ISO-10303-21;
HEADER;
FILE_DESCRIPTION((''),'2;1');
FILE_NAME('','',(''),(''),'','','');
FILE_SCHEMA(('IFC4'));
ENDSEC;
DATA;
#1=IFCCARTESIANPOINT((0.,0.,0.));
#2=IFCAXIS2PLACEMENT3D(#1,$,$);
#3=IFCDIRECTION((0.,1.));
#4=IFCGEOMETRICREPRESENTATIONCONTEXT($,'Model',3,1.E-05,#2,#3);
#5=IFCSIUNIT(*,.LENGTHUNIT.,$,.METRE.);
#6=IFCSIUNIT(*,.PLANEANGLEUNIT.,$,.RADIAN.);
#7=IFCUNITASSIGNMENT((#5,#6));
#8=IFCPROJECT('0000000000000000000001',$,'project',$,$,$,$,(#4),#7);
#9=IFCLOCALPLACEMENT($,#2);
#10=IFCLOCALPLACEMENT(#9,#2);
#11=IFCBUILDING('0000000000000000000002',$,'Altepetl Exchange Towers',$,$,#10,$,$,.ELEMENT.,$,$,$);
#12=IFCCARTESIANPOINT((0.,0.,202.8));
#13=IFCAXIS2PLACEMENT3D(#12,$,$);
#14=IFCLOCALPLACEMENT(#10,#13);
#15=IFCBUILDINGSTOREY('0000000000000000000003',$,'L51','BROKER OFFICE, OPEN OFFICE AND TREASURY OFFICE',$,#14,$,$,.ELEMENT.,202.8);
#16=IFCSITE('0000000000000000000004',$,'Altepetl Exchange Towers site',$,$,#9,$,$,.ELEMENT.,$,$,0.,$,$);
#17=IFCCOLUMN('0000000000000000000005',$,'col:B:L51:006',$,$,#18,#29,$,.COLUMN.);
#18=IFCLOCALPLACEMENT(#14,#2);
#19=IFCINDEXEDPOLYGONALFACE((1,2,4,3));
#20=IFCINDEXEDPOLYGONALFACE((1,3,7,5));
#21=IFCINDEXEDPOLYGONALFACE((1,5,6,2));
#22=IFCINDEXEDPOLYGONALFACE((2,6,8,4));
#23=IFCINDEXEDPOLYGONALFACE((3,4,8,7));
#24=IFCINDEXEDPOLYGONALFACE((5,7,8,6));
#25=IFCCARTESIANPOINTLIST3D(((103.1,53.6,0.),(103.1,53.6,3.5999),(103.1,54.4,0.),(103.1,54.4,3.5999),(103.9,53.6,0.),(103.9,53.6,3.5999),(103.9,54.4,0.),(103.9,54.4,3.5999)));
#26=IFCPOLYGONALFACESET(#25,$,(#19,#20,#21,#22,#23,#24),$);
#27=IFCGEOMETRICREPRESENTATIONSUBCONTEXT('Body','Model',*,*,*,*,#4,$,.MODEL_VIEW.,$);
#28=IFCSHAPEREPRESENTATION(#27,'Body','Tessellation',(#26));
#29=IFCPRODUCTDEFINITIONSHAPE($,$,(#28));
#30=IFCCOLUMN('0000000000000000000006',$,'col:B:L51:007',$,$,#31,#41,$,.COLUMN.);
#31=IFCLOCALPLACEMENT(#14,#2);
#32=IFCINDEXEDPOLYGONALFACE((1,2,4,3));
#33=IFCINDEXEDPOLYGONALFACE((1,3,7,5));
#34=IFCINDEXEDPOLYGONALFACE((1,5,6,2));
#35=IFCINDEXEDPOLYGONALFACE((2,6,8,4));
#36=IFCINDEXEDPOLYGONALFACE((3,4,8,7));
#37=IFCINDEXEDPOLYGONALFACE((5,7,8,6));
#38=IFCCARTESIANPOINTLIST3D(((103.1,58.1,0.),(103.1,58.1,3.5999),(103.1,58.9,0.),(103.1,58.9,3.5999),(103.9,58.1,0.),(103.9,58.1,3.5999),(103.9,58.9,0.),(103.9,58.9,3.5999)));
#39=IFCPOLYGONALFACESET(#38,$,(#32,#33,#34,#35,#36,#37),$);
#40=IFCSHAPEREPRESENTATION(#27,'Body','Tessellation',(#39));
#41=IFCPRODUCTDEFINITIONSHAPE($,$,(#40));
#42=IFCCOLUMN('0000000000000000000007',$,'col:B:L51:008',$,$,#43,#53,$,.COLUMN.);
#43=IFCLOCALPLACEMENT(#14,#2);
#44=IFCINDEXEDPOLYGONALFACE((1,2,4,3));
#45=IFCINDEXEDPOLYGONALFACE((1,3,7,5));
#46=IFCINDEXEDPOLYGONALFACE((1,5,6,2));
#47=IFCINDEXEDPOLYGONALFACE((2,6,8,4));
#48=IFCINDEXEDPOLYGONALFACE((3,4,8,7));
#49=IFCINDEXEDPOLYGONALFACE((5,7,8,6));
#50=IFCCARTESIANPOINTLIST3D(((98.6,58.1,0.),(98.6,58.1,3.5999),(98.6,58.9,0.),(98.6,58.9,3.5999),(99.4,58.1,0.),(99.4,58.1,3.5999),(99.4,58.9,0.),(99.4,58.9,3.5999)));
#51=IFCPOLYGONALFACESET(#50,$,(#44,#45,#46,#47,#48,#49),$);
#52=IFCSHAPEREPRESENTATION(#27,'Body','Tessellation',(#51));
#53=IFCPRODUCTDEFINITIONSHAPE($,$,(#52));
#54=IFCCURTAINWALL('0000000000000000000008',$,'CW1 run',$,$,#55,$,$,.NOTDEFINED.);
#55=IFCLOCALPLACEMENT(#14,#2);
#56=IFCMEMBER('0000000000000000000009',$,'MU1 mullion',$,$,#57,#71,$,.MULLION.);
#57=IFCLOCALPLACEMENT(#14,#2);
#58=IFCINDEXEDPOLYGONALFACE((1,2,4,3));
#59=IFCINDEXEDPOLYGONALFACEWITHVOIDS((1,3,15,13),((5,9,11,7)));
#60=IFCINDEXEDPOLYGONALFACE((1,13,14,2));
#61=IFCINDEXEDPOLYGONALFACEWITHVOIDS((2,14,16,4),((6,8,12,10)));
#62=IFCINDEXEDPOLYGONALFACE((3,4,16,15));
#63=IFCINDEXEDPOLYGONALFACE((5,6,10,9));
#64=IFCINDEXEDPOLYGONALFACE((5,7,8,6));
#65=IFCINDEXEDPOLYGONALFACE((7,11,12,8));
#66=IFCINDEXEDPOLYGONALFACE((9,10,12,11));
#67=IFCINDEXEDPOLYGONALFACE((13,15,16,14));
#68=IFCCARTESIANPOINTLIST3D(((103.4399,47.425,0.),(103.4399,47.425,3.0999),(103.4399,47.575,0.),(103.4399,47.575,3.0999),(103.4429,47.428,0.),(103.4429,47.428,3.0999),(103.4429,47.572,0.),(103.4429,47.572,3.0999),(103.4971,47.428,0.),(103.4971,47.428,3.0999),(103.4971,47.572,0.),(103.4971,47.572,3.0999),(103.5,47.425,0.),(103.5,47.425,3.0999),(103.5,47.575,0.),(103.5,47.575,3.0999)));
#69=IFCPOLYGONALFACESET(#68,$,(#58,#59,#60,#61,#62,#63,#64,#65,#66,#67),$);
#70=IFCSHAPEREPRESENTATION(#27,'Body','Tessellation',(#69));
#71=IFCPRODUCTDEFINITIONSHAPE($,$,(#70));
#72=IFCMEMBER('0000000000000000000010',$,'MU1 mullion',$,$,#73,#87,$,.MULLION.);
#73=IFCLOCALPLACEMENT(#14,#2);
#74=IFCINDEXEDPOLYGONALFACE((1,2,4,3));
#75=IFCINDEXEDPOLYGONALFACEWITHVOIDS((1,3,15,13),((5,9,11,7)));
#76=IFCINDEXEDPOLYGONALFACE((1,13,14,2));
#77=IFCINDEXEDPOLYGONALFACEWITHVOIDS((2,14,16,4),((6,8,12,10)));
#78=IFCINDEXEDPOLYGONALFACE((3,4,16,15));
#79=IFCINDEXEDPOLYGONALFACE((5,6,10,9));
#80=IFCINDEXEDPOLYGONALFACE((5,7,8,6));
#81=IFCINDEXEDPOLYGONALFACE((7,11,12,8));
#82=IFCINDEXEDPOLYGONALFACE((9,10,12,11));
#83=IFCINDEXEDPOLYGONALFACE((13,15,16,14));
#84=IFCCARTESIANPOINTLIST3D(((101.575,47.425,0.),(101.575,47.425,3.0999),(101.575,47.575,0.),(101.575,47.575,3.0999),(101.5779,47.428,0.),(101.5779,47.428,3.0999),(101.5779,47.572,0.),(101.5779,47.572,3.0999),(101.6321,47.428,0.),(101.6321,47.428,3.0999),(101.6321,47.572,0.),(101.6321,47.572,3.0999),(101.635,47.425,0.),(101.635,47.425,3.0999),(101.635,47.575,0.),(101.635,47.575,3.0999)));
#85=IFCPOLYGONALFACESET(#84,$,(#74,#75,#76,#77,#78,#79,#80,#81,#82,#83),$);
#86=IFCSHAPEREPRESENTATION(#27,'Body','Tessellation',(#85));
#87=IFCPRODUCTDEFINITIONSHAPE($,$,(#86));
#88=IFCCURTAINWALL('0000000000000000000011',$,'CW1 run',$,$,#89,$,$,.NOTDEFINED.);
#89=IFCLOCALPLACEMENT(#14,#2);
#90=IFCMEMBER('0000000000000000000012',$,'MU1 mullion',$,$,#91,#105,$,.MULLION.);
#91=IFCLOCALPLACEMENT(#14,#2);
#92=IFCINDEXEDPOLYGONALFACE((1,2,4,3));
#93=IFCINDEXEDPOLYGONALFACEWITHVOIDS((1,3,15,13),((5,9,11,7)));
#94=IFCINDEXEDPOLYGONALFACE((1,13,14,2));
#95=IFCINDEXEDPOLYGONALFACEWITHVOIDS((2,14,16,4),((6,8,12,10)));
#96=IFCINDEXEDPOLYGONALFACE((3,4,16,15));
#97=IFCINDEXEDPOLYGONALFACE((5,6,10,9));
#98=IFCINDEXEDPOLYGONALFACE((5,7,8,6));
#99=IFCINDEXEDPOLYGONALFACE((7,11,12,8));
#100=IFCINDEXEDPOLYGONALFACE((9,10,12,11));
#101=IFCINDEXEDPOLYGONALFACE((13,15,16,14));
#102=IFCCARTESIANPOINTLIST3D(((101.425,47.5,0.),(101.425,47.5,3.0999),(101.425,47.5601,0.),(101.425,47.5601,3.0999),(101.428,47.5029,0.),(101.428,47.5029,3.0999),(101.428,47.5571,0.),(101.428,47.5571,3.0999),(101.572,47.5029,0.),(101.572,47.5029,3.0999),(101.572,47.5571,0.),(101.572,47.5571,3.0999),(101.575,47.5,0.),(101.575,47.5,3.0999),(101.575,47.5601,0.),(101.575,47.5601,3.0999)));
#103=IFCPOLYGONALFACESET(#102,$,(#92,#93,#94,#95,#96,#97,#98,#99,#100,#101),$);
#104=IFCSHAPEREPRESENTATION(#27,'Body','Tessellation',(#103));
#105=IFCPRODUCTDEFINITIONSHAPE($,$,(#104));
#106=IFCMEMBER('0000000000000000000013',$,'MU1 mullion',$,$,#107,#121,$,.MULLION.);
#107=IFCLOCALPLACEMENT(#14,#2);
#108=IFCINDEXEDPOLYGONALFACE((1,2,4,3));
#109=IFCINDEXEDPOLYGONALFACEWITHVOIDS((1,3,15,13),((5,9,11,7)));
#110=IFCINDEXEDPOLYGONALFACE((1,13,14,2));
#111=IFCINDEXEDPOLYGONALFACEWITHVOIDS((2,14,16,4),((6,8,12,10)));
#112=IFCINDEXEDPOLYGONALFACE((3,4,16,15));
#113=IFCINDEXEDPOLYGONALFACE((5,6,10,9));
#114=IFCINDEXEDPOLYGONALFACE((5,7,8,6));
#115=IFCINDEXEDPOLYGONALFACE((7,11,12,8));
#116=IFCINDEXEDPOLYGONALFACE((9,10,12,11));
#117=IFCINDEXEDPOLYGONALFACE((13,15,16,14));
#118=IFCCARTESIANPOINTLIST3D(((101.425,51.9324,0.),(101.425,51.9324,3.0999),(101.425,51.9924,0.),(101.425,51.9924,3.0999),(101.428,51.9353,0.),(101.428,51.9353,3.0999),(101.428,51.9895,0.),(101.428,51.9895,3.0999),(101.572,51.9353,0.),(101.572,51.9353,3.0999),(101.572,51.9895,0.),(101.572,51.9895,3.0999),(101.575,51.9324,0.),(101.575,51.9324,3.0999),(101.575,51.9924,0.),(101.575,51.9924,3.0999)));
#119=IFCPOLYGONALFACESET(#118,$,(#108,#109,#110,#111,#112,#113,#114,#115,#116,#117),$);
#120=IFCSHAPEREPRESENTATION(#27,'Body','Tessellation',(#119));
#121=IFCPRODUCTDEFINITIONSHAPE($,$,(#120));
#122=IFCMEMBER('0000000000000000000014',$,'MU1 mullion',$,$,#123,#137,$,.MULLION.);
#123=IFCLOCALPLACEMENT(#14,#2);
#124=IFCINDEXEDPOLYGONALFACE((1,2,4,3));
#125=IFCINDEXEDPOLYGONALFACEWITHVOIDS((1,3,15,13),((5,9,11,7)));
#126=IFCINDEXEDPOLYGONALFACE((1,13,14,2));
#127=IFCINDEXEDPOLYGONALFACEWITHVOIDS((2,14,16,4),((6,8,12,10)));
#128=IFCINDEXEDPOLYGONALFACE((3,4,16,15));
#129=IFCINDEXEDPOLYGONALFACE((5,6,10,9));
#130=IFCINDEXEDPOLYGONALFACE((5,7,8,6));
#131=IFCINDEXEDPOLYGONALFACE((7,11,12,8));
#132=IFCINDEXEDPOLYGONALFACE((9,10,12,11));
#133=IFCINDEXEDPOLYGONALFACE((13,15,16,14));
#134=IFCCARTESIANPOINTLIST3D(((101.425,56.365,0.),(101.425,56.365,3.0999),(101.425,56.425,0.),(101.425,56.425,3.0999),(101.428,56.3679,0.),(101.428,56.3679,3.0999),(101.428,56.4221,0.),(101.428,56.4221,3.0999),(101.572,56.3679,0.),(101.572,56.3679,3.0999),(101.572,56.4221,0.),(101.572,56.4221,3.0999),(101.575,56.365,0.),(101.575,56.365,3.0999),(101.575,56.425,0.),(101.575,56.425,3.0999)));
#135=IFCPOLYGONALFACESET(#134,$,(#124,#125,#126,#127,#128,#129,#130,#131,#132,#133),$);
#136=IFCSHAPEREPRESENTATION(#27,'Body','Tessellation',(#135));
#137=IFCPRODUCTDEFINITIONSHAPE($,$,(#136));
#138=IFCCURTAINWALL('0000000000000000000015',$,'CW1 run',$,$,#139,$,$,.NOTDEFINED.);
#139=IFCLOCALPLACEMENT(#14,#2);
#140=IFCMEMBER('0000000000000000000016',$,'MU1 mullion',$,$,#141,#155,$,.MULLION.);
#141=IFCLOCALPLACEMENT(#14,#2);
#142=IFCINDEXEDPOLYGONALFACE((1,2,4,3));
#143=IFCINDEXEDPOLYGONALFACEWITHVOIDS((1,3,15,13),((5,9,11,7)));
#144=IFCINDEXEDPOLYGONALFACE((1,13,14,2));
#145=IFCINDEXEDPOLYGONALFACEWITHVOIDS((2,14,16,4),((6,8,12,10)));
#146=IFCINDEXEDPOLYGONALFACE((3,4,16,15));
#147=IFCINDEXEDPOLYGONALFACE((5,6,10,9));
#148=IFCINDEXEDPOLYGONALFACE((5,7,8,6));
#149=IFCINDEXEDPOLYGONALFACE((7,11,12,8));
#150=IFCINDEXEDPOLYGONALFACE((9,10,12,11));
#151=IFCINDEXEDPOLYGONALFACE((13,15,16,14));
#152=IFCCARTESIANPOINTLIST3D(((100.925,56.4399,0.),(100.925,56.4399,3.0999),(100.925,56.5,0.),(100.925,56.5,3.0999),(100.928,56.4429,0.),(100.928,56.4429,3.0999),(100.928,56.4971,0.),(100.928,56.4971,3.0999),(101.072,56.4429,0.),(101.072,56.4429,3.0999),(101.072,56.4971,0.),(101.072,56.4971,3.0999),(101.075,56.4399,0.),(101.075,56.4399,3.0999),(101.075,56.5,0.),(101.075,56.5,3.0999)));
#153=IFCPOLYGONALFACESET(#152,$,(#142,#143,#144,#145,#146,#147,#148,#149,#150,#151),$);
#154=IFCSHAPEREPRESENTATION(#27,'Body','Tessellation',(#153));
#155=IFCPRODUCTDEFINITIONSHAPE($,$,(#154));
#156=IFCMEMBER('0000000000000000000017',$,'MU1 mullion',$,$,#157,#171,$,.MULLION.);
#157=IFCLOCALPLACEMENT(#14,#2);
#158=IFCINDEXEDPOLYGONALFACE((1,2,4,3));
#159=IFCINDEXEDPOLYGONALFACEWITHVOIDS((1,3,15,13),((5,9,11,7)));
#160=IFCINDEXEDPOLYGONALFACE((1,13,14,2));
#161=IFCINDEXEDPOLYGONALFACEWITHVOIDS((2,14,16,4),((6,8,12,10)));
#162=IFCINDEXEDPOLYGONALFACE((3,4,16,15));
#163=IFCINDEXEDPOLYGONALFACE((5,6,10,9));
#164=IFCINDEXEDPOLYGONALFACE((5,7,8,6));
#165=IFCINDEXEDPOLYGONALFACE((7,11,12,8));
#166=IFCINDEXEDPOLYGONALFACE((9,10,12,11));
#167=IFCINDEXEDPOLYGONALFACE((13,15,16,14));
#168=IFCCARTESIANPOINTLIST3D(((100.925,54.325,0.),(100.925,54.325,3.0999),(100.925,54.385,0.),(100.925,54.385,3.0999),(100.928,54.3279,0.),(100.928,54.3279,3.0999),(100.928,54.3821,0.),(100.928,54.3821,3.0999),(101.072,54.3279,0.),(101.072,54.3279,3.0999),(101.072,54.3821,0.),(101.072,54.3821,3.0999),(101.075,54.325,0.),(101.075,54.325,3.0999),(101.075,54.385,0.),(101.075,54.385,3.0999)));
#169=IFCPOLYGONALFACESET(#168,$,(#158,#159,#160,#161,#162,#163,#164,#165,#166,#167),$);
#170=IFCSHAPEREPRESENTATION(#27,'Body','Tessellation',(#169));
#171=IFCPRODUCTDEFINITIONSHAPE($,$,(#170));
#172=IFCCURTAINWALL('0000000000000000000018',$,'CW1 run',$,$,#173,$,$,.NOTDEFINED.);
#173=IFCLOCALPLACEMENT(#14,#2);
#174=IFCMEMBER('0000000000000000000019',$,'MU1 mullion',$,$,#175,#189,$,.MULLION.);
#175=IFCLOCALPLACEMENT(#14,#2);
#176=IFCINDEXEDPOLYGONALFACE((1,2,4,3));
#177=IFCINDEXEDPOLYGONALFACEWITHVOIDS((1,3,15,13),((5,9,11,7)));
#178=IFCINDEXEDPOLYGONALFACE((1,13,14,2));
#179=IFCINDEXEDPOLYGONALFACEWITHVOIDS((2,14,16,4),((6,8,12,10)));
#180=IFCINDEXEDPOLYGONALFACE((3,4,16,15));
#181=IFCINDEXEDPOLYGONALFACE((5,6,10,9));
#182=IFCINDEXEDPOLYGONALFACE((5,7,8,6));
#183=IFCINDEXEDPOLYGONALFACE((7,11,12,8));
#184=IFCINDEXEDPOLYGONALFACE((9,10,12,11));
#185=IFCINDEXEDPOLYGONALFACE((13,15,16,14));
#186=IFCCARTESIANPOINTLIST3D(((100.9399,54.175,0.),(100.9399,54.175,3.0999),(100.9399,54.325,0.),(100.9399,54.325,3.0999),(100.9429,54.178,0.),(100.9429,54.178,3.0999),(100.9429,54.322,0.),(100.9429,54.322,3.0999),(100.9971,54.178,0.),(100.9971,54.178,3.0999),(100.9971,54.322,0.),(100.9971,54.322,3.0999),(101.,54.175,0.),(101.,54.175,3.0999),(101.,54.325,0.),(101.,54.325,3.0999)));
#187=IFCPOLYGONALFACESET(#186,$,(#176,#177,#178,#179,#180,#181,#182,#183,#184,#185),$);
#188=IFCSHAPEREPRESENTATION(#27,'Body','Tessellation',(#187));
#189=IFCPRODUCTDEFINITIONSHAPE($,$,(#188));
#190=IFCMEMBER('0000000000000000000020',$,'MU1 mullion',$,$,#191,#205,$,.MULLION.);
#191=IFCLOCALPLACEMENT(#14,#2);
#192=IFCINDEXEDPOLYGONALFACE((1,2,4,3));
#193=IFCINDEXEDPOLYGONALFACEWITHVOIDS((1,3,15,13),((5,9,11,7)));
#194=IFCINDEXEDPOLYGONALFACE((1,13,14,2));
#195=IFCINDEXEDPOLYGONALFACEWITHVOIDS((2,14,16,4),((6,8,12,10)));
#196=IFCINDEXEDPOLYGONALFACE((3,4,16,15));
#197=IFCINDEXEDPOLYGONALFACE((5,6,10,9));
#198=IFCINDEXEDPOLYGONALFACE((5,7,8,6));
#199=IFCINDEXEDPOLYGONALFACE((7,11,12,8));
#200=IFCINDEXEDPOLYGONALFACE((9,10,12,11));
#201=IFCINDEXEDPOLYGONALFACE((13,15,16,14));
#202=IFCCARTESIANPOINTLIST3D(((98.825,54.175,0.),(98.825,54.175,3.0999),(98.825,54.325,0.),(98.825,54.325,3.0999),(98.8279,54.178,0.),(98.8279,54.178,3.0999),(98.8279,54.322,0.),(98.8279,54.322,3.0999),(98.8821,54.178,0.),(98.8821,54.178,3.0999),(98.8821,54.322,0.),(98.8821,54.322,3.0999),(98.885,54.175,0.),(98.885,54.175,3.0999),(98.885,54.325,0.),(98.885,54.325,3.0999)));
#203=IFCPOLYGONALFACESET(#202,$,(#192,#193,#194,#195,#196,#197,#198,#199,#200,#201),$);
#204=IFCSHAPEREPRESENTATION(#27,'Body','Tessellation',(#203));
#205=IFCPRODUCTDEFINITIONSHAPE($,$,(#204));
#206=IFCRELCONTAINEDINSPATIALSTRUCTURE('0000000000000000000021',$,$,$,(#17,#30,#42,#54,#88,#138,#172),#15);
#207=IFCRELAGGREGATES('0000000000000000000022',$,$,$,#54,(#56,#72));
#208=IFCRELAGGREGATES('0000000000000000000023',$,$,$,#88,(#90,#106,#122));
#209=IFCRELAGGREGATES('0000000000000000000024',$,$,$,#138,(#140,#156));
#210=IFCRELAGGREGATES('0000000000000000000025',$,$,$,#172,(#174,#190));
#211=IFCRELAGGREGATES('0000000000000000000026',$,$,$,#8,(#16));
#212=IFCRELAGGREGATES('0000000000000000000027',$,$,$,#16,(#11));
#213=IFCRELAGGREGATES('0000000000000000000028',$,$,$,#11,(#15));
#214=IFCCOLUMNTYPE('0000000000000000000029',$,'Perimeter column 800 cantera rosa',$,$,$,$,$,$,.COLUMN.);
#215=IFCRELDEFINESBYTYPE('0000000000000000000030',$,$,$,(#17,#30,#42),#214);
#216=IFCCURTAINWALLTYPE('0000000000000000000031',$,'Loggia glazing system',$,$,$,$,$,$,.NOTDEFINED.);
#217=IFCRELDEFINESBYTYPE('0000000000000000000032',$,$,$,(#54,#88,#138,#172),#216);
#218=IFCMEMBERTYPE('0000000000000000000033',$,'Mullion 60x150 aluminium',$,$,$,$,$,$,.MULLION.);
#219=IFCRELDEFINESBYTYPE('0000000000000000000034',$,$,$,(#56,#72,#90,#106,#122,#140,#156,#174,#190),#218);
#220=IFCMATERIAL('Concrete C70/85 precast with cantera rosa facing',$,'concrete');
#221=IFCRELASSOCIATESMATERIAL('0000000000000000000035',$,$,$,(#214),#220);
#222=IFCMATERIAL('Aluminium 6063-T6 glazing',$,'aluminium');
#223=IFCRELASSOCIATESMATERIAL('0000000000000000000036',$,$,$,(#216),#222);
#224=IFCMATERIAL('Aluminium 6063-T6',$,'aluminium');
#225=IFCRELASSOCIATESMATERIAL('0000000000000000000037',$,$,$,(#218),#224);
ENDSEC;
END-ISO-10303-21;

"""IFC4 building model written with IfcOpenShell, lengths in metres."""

from ifc_helpers import new_model, si_unit, direction, frame, origin, origin_2d, place, context, subcontext, project, spatial, rectangle, hollow_rectangle, extrude, material, material_profile, profile_set, type_object, element, aggregate, save


model = new_model("IFC4")

# Units and contexts
model_context = context("Model", 3, precision=1e-05, world=origin(), true_north=direction((0.0, 1.0)))
body_context = subcontext(model_context, "Body", "Model", "MODEL_VIEW")
ifc_project = project(units=[si_unit("LENGTHUNIT", "METRE"), si_unit("PLANEANGLEUNIT", "RADIAN")], contexts=[model_context])

# Site, building, storey
site_placement = place(None, origin())
site = spatial("IfcSite", under=ifc_project, at=site_placement, Name="Altepetl Exchange Towers site", CompositionType="ELEMENT", RefElevation=0.0)
building_placement = place(site_placement, origin())
building = spatial("IfcBuilding", under=site, at=building_placement, Name="Altepetl Exchange Towers", CompositionType="ELEMENT")
storey_placement = place(building_placement, frame((0.0, 0.0, 202.8)))
storey = spatial("IfcBuildingStorey", under=building, at=storey_placement, Name="L51", Description="BROKER OFFICE, OPEN OFFICE AND TREASURY OFFICE", CompositionType="ELEMENT", Elevation=202.8)

# Columns
ifc_material_1 = material(Name="Concrete C70/85 precast with cantera rosa facing", Category="concrete")
ifc_material_profile_1 = material_profile(ifc_material_1, rectangle(XDim=0.8, YDim=0.8, at=origin_2d()), Name="800 x 800")
ifc_profile_set_1 = profile_set([ifc_material_profile_1], Name="Concrete C70/85 precast with cantera rosa facing")
column_type = type_object("IfcColumnType", Name="Perimeter column 800 cantera rosa", PredefinedType="COLUMN", material=ifc_profile_set_1)
for number, where, name in (
    (1, (103.5, 54.0, 0.0), "col:B:L51:006"),
    (2, (103.5, 58.5, 0.0), "col:B:L51:007"),
    (3, (99.0, 58.5, 0.0), "col:B:L51:008"),
):
    element("IfcColumn", number, at=place(storey_placement, frame(where)), inside=storey, type_object=column_type, Name=name, PredefinedType="COLUMN", context=body_context, shape_type="SweptSolid", body=[
        extrude(rectangle(XDim=0.8, YDim=0.8, at=origin_2d()), origin(), (0.0, 0.0, 1.0), 3.5999),
    ])

# Curtain walls, members
ifc_material_2 = material(Name="Aluminium 6063-T6 glazing", Category="aluminium")
curtain_wall_type = type_object("IfcCurtainWallType", Name="Loggia glazing system", PredefinedType="NOTDEFINED", material=ifc_material_2)
curtain_wall_1_placement = place(storey_placement, origin())
curtain_wall_1 = element("IfcCurtainWall", 4, at=curtain_wall_1_placement, inside=storey, type_object=curtain_wall_type, Name="CW1 run", PredefinedType="NOTDEFINED")
ifc_material_3 = material(Name="Aluminium 6063-T6", Category="aluminium")
ifc_material_profile_2 = material_profile(ifc_material_3, hollow_rectangle(XDim=0.0601, YDim=0.1499, WallThickness=0.0029, at=origin_2d()), Name="Mullion 60x150 aluminium")
ifc_profile_set_2 = profile_set([ifc_material_profile_2], Name="Aluminium 6063-T6")
member_type = type_object("IfcMemberType", Name="Mullion 60x150 aluminium", PredefinedType="MULLION", material=ifc_profile_set_2)
member_1_placement = place(storey_placement, frame((103.47, 47.5, 0.0), z_axis=(0.0, 0.0, 1.0), x_axis=(-1.0, 0.0, 0.0)))
member_1 = element("IfcMember", 5, at=member_1_placement, type_object=member_type, Name="MU1 mullion", PredefinedType="MULLION", context=body_context, shape_type="SweptSolid", body=[
    extrude(hollow_rectangle(XDim=0.0601, YDim=0.1499, WallThickness=0.0029, at=origin_2d()), origin(), (0.0, 0.0, 1.0), 3.0999),
])
member_2_placement = place(storey_placement, frame((101.605, 47.5, 0.0), z_axis=(0.0, 0.0, 1.0), x_axis=(-1.0, 0.0, 0.0)))
member_2 = element("IfcMember", 6, at=member_2_placement, type_object=member_type, Name="MU1 mullion", PredefinedType="MULLION", context=body_context, shape_type="SweptSolid", body=[
    extrude(hollow_rectangle(XDim=0.0601, YDim=0.1499, WallThickness=0.0029, at=origin_2d()), origin(), (0.0, 0.0, 1.0), 3.0999),
])
curtain_wall_2_placement = place(storey_placement, origin())
curtain_wall_2 = element("IfcCurtainWall", 7, at=curtain_wall_2_placement, inside=storey, type_object=curtain_wall_type, Name="CW1 run", PredefinedType="NOTDEFINED")
member_3_placement = place(storey_placement, frame((101.5, 47.53, 0.0), z_axis=(0.0, 0.0, 1.0), x_axis=(0.0, 1.0, 0.0)))
member_3 = element("IfcMember", 8, at=member_3_placement, type_object=member_type, Name="MU1 mullion", PredefinedType="MULLION", context=body_context, shape_type="SweptSolid", body=[
    extrude(hollow_rectangle(XDim=0.0601, YDim=0.1499, WallThickness=0.0029, at=origin_2d()), origin(), (0.0, 0.0, 1.0), 3.0999),
])
member_4_placement = place(storey_placement, frame((101.5, 51.9624, 0.0), z_axis=(0.0, 0.0, 1.0), x_axis=(0.0, 1.0, 0.0)))
member_4 = element("IfcMember", 9, at=member_4_placement, type_object=member_type, Name="MU1 mullion", PredefinedType="MULLION", context=body_context, shape_type="SweptSolid", body=[
    extrude(hollow_rectangle(XDim=0.0601, YDim=0.1499, WallThickness=0.0029, at=origin_2d()), origin(), (0.0, 0.0, 1.0), 3.0999),
])
member_5_placement = place(storey_placement, frame((101.5, 56.395, 0.0), z_axis=(0.0, 0.0, 1.0), x_axis=(0.0, 1.0, 0.0)))
member_5 = element("IfcMember", 10, at=member_5_placement, type_object=member_type, Name="MU1 mullion", PredefinedType="MULLION", context=body_context, shape_type="SweptSolid", body=[
    extrude(hollow_rectangle(XDim=0.0601, YDim=0.1499, WallThickness=0.0029, at=origin_2d()), origin(), (0.0, 0.0, 1.0), 3.0999),
])
curtain_wall_3_placement = place(storey_placement, origin())
curtain_wall_3 = element("IfcCurtainWall", 11, at=curtain_wall_3_placement, inside=storey, type_object=curtain_wall_type, Name="CW1 run", PredefinedType="NOTDEFINED")
member_6_placement = place(storey_placement, frame((101.0, 56.47, 0.0), z_axis=(0.0, 0.0, 1.0), x_axis=(0.0, -1.0, 0.0)))
member_6 = element("IfcMember", 12, at=member_6_placement, type_object=member_type, Name="MU1 mullion", PredefinedType="MULLION", context=body_context, shape_type="SweptSolid", body=[
    extrude(hollow_rectangle(XDim=0.0601, YDim=0.1499, WallThickness=0.0029, at=origin_2d()), origin(), (0.0, 0.0, 1.0), 3.0999),
])
member_7_placement = place(storey_placement, frame((101.0, 54.355, 0.0), z_axis=(0.0, 0.0, 1.0), x_axis=(0.0, -1.0, 0.0)))
member_7 = element("IfcMember", 13, at=member_7_placement, type_object=member_type, Name="MU1 mullion", PredefinedType="MULLION", context=body_context, shape_type="SweptSolid", body=[
    extrude(hollow_rectangle(XDim=0.0601, YDim=0.1499, WallThickness=0.0029, at=origin_2d()), origin(), (0.0, 0.0, 1.0), 3.0999),
])
curtain_wall_4_placement = place(storey_placement, origin())
curtain_wall_4 = element("IfcCurtainWall", 14, at=curtain_wall_4_placement, inside=storey, type_object=curtain_wall_type, Name="CW1 run", PredefinedType="NOTDEFINED")
member_8_placement = place(storey_placement, frame((100.97, 54.25, 0.0), z_axis=(0.0, 0.0, 1.0), x_axis=(-1.0, 0.0, 0.0)))
member_8 = element("IfcMember", 15, at=member_8_placement, type_object=member_type, Name="MU1 mullion", PredefinedType="MULLION", context=body_context, shape_type="SweptSolid", body=[
    extrude(hollow_rectangle(XDim=0.0601, YDim=0.1499, WallThickness=0.0029, at=origin_2d()), origin(), (0.0, 0.0, 1.0), 3.0999),
])
member_9_placement = place(storey_placement, frame((98.855, 54.25, 0.0), z_axis=(0.0, 0.0, 1.0), x_axis=(-1.0, 0.0, 0.0)))
member_9 = element("IfcMember", 16, at=member_9_placement, type_object=member_type, Name="MU1 mullion", PredefinedType="MULLION", context=body_context, shape_type="SweptSolid", body=[
    extrude(hollow_rectangle(XDim=0.0601, YDim=0.1499, WallThickness=0.0029, at=origin_2d()), origin(), (0.0, 0.0, 1.0), 3.0999),
])

aggregate(curtain_wall_1, [member_1, member_2])
aggregate(curtain_wall_2, [member_3, member_4, member_5])
aggregate(curtain_wall_3, [member_6, member_7])
aggregate(curtain_wall_4, [member_8, member_9])

save(model, "model.ifc")
